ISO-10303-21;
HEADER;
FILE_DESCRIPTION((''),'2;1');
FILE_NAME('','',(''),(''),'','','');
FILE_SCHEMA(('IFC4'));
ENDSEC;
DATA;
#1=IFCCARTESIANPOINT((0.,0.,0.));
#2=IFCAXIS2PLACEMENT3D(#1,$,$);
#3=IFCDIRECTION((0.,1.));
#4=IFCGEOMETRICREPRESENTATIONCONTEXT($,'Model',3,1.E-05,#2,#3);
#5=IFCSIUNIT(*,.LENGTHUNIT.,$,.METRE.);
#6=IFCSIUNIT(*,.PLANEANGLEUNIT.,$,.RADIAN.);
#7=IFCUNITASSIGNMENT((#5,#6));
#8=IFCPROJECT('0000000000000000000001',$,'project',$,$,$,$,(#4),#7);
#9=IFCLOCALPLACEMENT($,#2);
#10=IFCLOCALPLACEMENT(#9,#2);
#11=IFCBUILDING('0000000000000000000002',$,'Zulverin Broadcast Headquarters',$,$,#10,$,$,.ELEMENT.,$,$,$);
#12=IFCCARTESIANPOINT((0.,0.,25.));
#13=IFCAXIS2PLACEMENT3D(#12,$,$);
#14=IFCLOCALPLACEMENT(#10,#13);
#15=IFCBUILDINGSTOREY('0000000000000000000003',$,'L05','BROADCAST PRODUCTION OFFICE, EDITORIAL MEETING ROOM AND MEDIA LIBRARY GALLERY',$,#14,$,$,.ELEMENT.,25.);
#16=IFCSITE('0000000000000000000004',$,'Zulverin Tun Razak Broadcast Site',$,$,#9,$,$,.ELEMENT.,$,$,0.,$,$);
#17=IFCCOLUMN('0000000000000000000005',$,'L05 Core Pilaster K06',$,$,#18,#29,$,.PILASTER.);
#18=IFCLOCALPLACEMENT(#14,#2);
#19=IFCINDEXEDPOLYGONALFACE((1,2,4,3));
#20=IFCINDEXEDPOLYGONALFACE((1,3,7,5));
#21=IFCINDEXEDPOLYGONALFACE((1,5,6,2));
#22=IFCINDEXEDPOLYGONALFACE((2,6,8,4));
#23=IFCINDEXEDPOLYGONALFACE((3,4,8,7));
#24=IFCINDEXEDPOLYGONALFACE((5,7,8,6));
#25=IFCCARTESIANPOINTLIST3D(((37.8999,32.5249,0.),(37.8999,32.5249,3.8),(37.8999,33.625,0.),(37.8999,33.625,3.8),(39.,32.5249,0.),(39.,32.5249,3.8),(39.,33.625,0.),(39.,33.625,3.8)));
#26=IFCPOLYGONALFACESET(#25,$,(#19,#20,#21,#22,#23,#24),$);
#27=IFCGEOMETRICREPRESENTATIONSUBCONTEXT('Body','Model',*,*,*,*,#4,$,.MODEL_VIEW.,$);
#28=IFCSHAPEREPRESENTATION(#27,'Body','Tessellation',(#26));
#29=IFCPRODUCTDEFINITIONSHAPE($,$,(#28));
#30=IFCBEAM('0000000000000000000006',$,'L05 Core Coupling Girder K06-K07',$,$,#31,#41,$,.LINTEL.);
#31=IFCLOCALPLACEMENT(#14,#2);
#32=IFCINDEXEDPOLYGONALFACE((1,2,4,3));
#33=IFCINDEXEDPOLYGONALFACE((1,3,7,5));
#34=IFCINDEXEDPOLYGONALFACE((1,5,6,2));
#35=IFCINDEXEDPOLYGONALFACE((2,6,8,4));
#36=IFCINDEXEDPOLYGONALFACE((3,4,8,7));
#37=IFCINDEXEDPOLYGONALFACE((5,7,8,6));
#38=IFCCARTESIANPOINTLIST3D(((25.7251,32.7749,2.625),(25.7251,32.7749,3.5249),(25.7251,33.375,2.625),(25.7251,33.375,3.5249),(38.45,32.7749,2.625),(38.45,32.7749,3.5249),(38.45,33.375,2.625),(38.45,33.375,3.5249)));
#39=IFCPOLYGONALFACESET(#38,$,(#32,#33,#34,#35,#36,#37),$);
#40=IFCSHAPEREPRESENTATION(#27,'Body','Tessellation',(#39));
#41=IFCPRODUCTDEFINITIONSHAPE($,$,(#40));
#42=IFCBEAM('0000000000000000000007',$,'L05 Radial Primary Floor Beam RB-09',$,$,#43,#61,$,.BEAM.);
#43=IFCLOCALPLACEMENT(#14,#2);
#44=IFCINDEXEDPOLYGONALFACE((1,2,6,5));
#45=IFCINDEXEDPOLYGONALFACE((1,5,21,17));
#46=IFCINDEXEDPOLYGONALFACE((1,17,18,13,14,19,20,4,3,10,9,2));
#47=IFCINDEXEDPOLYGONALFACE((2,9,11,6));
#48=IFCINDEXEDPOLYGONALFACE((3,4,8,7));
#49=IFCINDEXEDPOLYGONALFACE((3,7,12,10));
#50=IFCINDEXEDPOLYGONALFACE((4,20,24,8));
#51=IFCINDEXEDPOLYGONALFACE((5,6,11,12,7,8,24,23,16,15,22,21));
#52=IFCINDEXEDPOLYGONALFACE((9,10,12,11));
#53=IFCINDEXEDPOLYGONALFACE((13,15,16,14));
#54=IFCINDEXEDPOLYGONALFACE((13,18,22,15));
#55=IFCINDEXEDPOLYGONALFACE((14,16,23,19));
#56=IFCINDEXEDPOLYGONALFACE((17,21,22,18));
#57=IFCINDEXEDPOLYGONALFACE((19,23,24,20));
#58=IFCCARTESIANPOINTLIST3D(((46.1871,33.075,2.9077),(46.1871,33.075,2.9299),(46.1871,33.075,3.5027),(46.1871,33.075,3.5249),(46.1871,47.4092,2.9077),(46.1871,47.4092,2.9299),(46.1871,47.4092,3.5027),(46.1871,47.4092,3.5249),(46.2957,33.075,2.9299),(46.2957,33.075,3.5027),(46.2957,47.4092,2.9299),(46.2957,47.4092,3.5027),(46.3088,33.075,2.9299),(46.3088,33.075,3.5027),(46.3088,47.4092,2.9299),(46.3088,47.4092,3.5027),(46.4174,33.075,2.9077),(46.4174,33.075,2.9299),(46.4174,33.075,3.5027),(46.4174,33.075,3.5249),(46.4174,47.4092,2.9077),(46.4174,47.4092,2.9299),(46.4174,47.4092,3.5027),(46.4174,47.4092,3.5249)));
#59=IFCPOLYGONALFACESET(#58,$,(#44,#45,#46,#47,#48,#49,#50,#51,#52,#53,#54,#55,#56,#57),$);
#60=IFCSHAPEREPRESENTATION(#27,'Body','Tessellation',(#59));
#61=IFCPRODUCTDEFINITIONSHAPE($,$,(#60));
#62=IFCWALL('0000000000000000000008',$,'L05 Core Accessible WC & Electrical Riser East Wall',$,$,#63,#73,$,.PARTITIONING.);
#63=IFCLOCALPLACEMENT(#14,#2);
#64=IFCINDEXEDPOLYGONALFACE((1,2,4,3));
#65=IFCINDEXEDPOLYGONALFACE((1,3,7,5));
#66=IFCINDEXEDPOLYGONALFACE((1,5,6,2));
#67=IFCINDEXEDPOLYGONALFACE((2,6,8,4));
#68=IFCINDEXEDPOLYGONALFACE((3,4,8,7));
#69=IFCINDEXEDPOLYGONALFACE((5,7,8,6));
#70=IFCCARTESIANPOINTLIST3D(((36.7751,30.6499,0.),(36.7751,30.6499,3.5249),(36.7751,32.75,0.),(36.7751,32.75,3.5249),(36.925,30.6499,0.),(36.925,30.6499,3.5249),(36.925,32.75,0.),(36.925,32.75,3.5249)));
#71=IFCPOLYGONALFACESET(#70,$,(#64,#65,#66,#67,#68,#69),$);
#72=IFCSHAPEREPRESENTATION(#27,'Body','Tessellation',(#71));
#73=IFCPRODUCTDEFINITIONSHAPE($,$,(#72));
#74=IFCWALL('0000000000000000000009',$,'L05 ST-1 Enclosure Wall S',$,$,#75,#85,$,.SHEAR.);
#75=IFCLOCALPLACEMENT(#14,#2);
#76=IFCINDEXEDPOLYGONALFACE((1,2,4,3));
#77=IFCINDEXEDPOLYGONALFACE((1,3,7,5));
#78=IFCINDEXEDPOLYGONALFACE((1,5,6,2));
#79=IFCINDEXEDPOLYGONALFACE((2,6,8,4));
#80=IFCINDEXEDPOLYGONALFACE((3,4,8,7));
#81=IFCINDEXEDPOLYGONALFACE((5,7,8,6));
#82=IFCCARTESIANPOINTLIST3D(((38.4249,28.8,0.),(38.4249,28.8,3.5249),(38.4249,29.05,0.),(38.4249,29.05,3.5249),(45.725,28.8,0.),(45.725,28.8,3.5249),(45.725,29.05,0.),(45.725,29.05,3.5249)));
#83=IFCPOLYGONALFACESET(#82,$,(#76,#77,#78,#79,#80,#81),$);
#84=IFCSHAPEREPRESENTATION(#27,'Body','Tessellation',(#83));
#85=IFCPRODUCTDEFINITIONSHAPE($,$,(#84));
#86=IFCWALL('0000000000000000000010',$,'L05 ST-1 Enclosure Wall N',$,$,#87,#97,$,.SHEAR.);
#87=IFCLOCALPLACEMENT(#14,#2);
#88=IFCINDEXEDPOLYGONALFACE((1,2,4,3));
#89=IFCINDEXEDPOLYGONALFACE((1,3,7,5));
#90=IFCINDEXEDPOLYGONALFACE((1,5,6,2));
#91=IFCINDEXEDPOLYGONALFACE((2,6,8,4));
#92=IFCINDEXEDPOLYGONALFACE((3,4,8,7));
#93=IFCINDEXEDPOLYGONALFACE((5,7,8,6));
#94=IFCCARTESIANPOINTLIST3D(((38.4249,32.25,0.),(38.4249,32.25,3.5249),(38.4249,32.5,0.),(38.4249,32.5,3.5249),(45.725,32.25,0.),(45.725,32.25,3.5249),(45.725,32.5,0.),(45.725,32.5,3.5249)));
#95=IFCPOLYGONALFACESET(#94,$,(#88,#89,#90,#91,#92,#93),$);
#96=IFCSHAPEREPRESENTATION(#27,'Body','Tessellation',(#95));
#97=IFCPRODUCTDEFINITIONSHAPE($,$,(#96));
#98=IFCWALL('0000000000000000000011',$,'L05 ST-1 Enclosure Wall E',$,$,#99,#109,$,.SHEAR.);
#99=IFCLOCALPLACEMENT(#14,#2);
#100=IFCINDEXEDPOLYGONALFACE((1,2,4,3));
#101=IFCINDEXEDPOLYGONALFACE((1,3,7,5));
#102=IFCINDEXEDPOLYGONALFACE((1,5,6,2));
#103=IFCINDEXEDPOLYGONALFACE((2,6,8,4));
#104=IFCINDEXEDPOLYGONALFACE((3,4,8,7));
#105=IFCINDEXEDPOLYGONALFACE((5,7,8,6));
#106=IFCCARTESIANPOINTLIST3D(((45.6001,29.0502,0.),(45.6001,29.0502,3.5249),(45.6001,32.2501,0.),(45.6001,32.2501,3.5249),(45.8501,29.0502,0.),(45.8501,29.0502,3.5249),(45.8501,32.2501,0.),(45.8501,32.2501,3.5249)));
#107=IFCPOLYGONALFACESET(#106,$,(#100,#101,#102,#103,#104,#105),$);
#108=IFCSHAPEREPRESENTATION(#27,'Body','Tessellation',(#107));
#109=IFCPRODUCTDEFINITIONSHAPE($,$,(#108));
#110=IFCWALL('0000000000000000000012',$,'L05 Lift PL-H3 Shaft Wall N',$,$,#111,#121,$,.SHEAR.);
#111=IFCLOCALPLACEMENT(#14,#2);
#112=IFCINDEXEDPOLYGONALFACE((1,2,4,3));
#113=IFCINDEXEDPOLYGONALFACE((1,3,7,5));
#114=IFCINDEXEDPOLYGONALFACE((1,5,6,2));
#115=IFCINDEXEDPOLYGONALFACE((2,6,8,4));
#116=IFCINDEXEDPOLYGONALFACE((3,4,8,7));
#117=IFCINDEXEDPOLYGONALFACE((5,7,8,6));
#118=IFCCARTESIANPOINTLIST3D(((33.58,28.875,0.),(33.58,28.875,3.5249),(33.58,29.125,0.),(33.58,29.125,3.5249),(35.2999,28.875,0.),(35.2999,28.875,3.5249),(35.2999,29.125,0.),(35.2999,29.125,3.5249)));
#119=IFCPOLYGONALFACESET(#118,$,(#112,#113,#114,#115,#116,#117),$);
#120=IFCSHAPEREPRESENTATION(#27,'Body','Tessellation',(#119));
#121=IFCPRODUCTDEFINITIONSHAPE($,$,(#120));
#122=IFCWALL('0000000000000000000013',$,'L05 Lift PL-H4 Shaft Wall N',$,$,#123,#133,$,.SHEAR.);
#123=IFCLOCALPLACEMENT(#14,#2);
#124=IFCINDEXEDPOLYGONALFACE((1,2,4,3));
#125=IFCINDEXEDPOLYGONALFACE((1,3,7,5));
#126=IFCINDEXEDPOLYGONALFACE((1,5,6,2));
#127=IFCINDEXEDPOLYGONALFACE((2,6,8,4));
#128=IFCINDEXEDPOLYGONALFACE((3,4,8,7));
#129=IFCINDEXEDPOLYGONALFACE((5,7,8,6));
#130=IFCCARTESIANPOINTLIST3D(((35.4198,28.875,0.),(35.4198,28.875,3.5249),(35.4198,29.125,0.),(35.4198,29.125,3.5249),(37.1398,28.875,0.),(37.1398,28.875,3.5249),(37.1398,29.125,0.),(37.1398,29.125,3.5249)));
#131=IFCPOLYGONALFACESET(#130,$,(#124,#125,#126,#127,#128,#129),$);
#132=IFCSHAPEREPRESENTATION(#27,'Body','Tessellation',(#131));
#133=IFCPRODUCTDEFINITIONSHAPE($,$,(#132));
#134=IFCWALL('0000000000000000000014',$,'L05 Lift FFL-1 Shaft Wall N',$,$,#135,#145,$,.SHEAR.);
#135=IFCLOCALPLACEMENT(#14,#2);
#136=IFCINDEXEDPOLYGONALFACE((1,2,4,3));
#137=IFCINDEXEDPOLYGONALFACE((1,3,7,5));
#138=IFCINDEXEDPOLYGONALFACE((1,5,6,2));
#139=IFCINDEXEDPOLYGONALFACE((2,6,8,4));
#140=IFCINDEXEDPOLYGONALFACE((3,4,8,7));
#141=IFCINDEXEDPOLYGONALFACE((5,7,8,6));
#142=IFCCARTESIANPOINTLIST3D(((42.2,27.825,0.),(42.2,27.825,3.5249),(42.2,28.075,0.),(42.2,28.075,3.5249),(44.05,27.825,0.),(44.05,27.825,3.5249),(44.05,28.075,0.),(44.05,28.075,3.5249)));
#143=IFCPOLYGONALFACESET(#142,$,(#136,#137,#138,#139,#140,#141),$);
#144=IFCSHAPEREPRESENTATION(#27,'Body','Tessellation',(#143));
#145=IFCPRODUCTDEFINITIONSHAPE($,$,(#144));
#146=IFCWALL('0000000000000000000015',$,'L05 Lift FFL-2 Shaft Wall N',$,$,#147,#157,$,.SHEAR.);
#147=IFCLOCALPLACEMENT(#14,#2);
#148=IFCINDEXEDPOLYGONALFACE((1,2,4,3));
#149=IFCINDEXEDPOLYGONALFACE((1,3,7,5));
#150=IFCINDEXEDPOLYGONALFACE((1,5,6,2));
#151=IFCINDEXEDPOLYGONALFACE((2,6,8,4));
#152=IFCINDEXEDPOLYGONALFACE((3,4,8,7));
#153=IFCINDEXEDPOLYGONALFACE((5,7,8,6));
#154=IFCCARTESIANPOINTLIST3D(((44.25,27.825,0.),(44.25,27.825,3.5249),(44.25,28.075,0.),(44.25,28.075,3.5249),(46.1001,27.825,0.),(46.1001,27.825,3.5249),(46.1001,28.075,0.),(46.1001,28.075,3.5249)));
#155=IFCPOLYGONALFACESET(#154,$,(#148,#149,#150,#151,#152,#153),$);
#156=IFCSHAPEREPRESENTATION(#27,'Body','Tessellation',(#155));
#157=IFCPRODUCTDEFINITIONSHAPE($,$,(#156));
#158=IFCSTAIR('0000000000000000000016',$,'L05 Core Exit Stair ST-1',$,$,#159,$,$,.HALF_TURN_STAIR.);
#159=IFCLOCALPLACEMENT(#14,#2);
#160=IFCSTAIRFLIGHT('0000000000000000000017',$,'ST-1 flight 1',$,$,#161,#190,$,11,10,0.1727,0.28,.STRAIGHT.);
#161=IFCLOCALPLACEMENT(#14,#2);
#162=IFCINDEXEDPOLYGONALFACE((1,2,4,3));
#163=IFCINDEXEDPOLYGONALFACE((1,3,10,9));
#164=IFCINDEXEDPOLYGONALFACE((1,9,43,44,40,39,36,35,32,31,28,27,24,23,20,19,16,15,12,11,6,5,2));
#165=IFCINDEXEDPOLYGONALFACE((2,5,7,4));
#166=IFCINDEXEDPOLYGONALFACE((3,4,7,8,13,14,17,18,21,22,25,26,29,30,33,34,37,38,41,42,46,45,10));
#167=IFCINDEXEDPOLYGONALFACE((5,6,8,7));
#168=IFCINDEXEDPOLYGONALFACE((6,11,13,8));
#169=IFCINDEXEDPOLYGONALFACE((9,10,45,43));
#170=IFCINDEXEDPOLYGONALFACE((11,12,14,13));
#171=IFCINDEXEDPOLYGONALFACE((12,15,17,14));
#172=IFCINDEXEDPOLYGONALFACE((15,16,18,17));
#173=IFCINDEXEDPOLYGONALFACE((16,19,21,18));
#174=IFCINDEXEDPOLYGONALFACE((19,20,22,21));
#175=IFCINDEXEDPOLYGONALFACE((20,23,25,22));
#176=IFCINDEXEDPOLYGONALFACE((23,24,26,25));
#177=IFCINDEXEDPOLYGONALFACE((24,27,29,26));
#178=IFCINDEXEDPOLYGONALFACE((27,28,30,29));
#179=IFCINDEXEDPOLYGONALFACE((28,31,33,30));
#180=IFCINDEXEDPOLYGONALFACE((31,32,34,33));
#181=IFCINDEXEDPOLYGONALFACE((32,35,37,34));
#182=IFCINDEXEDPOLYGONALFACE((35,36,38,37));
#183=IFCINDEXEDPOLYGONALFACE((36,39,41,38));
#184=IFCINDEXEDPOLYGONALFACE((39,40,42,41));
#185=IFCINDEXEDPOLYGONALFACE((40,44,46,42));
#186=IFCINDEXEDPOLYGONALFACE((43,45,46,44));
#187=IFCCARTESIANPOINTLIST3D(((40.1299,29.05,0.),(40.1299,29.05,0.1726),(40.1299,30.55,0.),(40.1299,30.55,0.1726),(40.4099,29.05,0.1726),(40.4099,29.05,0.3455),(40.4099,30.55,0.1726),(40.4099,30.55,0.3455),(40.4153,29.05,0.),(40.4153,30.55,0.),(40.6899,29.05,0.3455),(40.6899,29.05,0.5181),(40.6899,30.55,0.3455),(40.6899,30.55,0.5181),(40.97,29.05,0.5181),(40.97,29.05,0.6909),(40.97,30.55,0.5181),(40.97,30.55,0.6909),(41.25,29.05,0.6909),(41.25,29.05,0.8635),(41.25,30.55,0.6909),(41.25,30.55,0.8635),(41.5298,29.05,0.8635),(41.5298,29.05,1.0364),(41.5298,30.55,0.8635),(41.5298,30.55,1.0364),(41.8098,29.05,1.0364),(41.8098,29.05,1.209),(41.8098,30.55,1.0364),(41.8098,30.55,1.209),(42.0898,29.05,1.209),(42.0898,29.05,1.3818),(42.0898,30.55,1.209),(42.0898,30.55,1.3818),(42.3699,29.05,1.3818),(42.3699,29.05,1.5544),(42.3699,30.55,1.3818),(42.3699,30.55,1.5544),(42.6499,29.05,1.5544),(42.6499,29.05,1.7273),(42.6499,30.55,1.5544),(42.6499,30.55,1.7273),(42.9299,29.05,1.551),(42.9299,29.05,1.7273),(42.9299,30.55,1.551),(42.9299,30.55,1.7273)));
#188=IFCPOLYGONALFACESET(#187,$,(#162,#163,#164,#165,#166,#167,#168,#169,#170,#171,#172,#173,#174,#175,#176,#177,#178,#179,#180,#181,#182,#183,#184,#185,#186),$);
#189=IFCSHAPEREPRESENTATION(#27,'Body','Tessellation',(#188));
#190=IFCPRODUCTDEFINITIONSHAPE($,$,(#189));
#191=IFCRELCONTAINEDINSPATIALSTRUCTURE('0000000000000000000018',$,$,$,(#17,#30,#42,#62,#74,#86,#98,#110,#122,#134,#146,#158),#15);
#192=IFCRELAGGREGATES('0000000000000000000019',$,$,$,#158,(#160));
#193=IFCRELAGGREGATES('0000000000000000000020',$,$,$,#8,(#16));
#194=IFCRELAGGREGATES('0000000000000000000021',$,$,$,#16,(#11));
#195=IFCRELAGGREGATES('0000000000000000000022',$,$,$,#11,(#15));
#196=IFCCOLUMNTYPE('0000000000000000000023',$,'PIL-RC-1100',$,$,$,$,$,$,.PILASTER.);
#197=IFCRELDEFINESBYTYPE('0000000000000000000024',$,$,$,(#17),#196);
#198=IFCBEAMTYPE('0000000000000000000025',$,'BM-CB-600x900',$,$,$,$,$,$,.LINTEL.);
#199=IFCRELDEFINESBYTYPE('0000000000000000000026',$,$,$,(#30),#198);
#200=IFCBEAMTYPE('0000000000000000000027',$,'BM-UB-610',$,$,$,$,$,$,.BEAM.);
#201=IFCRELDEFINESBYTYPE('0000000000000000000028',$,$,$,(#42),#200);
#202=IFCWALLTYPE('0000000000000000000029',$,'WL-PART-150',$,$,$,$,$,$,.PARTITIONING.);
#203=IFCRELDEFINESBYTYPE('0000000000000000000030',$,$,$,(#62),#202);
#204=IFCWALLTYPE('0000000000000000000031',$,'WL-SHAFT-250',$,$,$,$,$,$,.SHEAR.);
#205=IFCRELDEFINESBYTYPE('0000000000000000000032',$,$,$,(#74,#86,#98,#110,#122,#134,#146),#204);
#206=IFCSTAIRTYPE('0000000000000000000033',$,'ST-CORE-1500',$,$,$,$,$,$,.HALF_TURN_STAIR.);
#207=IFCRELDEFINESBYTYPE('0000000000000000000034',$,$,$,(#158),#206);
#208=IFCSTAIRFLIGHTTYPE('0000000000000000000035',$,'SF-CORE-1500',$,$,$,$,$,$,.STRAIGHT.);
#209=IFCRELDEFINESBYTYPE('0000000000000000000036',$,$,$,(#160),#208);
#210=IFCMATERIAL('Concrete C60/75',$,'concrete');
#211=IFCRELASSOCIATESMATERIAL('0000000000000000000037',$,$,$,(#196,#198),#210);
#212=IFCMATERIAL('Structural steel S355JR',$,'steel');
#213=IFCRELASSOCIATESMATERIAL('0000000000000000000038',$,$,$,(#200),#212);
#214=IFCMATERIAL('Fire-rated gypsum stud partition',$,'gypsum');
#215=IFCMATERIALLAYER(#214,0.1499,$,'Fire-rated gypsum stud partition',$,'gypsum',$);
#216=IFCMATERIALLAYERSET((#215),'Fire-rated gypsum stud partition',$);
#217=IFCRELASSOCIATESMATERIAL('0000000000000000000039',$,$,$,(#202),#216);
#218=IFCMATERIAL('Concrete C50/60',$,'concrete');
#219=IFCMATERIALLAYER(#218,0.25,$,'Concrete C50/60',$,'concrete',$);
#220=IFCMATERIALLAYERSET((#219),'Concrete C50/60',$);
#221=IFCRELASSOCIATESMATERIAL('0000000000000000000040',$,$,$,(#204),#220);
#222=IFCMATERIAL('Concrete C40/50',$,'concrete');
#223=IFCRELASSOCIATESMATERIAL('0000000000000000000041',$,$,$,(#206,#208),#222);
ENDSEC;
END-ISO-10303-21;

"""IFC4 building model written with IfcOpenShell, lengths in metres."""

from ifc_helpers import new_model, si_unit, direction, frame, frame_2d, origin, origin_2d, place, context, subcontext, project, spatial, polyline, rectangle, i_section, outline, extrude, material, layer, layer_set, material_profile, profile_set, type_object, element, aggregate, save


model = new_model("IFC4")

# Units and contexts
model_context = context("Model", 3, precision=1e-05, world=origin(), true_north=direction((0.0, 1.0)))
body_context = subcontext(model_context, "Body", "Model", "MODEL_VIEW")
ifc_project = project(units=[si_unit("LENGTHUNIT", "METRE"), si_unit("PLANEANGLEUNIT", "RADIAN")], contexts=[model_context])

# Site, building, storey
site_placement = place(None, origin())
site = spatial("IfcSite", under=ifc_project, at=site_placement, Name="Zulverin Tun Razak Broadcast Site", CompositionType="ELEMENT", RefElevation=0.0)
building_placement = place(site_placement, origin())
building = spatial("IfcBuilding", under=site, at=building_placement, Name="Zulverin Broadcast Headquarters", CompositionType="ELEMENT")
storey_placement = place(building_placement, frame((0.0, 0.0, 25.0)))
storey = spatial("IfcBuildingStorey", under=building, at=storey_placement, Name="L05", Description="BROADCAST PRODUCTION OFFICE, EDITORIAL MEETING ROOM AND MEDIA LIBRARY GALLERY", CompositionType="ELEMENT", Elevation=25.0)

# Column
ifc_material_1 = material(Name="Concrete C60/75", Category="concrete")
ifc_material_profile_1 = material_profile(ifc_material_1, rectangle(XDim=1.1001, YDim=1.1001, at=origin_2d()), Name="Concrete C60/75", Category="concrete")
ifc_profile_set_1 = profile_set([ifc_material_profile_1], Name="Concrete C60/75")
column_type = type_object("IfcColumnType", Name="PIL-RC-1100", PredefinedType="PILASTER", material=ifc_profile_set_1)
column_placement = place(storey_placement, frame((38.45, 33.075, 0.0), z_axis=(0.0, 0.0, 1.0), x_axis=(1.0, 0.0, 0.0)))
element("IfcColumn", 1, at=column_placement, inside=storey, type_object=column_type, Name="L05 Core Pilaster K06", PredefinedType="PILASTER", context=body_context, shape_type="SweptSolid", body=[
    extrude(rectangle(XDim=1.1001, YDim=1.1001, at=origin_2d()), origin(), (0.0, 0.0, 1.0), 3.8),
])

# Beams
ifc_material_profile_2 = material_profile(ifc_material_1, rectangle(XDim=0.6001, YDim=0.8999, at=origin_2d()), Name="Concrete C60/75", Category="concrete")
ifc_profile_set_2 = profile_set([ifc_material_profile_2], Name="Concrete C60/75")
beam_type_1 = type_object("IfcBeamType", Name="BM-CB-600x900", PredefinedType="LINTEL", material=ifc_profile_set_2)
beam_1_placement = place(storey_placement, frame((38.45, 33.075, 3.075), z_axis=(-1.0, 0.0, 0.0), x_axis=(0.0, -1.0, 0.0)))
element("IfcBeam", 2, at=beam_1_placement, inside=storey, type_object=beam_type_1, Name="L05 Core Coupling Girder K06-K07", PredefinedType="LINTEL", context=body_context, shape_type="SweptSolid", body=[
    extrude(rectangle(XDim=0.6001, YDim=0.8999, at=origin_2d()), origin(), (0.0, 0.0, 1.0), 12.7249),
])
ifc_material_2 = material(Name="Structural steel S355JR", Category="steel")
ifc_material_profile_3 = material_profile(ifc_material_2, i_section(OverallWidth=0.2302, OverallDepth=0.6172, WebThickness=0.0132, FlangeThickness=0.0222, at=origin_2d()), Name="Structural steel S355JR", Category="steel")
ifc_profile_set_3 = profile_set([ifc_material_profile_3], Name="Structural steel S355JR")
beam_type_2 = type_object("IfcBeamType", Name="BM-UB-610", PredefinedType="BEAM", material=ifc_profile_set_3)
beam_2_placement = place(storey_placement, frame((46.3022, 33.075, 3.2163), z_axis=(0.0, 1.0, 0.0), x_axis=(-1.0, 0.0, 0.0)))
element("IfcBeam", 3, at=beam_2_placement, inside=storey, type_object=beam_type_2, Name="L05 Radial Primary Floor Beam RB-09", PredefinedType="BEAM", context=body_context, shape_type="SweptSolid", body=[
    extrude(i_section(OverallWidth=0.2302, OverallDepth=0.6172, WebThickness=0.0132, FlangeThickness=0.0222, at=origin_2d()), origin(), (0.0, 0.0, 1.0), 14.3342),
])

# Walls
ifc_material_3 = material(Name="Fire-rated gypsum stud partition", Category="gypsum")
ifc_layer_1 = layer(ifc_material_3, 0.1499, Name="Fire-rated gypsum stud partition", Category="gypsum")
ifc_layer_set_1 = layer_set([ifc_layer_1], Name="Fire-rated gypsum stud partition")
wall_type_1 = type_object("IfcWallType", Name="WL-PART-150", PredefinedType="PARTITIONING", material=ifc_layer_set_1)
wall_1_placement = place(storey_placement, frame((36.8501, 30.6499, 0.0), z_axis=(0.0, 0.0, 1.0), x_axis=(0.0, 1.0, 0.0)))
element("IfcWall", 4, at=wall_1_placement, inside=storey, type_object=wall_type_1, Name="L05 Core Accessible WC & Electrical Riser East Wall", PredefinedType="PARTITIONING", context=body_context, shape_type="SweptSolid", body=[
    extrude(rectangle(XDim=2.1001, YDim=0.1499, at=frame_2d((1.05, 0.0))), origin(), (0.0, 0.0, 1.0), 3.5249),
])
ifc_material_4 = material(Name="Concrete C50/60", Category="concrete")
ifc_layer_2 = layer(ifc_material_4, 0.25, Name="Concrete C50/60", Category="concrete")
ifc_layer_set_2 = layer_set([ifc_layer_2], Name="Concrete C50/60")
wall_type_2 = type_object("IfcWallType", Name="WL-SHAFT-250", PredefinedType="SHEAR", material=ifc_layer_set_2)
for number, where, z_axis, x_axis, name in (
    (5, (38.425, 28.925, 0.0), (0.0, 0.0, 1.0), (1.0, 0.0, 0.0), "L05 ST-1 Enclosure Wall S"),
    (6, (38.425, 32.375, 0.0), (0.0, 0.0, 1.0), (1.0, 0.0, 0.0), "L05 ST-1 Enclosure Wall N"),
):
    element("IfcWall", number, at=place(storey_placement, frame(where, z_axis=z_axis, x_axis=x_axis)), inside=storey, type_object=wall_type_2, Name=name, PredefinedType="SHEAR", context=body_context, shape_type="SweptSolid", body=[
        extrude(rectangle(XDim=7.3, YDim=0.25, at=frame_2d((3.6499, 0.0))), origin(), (0.0, 0.0, 1.0), 3.5249),
    ])

# Walls
wall_2_placement = place(storey_placement, frame((45.7251, 29.05, 0.0), z_axis=(0.0, 0.0, 1.0), x_axis=(0.0, 1.0, 0.0)))
element("IfcWall", 7, at=wall_2_placement, inside=storey, type_object=wall_type_2, Name="L05 ST-1 Enclosure Wall E", PredefinedType="SHEAR", context=body_context, shape_type="SweptSolid", body=[
    extrude(rectangle(XDim=3.2, YDim=0.25, at=frame_2d((1.6001, 0.0))), origin(), (0.0, 0.0, 1.0), 3.5249),
])
for number, where, z_axis, x_axis, name in (
    (8, (33.5801, 29.0, 0.0), (0.0, 0.0, 1.0), (1.0, 0.0, 0.0), "L05 Lift PL-H3 Shaft Wall N"),
    (9, (35.4199, 29.0, 0.0), (0.0, 0.0, 1.0), (1.0, 0.0, 0.0), "L05 Lift PL-H4 Shaft Wall N"),
):
    element("IfcWall", number, at=place(storey_placement, frame(where, z_axis=z_axis, x_axis=x_axis)), inside=storey, type_object=wall_type_2, Name=name, PredefinedType="SHEAR", context=body_context, shape_type="SweptSolid", body=[
        extrude(rectangle(XDim=1.72, YDim=0.25, at=frame_2d((0.8599, 0.0))), origin(), (0.0, 0.0, 1.0), 3.5249),
    ])
for number, where, z_axis, x_axis, name in (
    (10, (42.2, 27.95, 0.0), (0.0, 0.0, 1.0), (1.0, 0.0, 0.0), "L05 Lift FFL-1 Shaft Wall N"),
    (11, (44.25, 27.95, 0.0), (0.0, 0.0, 1.0), (1.0, 0.0, 0.0), "L05 Lift FFL-2 Shaft Wall N"),
):
    element("IfcWall", number, at=place(storey_placement, frame(where, z_axis=z_axis, x_axis=x_axis)), inside=storey, type_object=wall_type_2, Name=name, PredefinedType="SHEAR", context=body_context, shape_type="SweptSolid", body=[
        extrude(rectangle(XDim=1.8501, YDim=0.25, at=frame_2d((0.925, 0.0))), origin(), (0.0, 0.0, 1.0), 3.5249),
    ])

# Stair, stair flight
ifc_material_5 = material(Name="Concrete C40/50", Category="concrete")
stair_type = type_object("IfcStairType", Name="ST-CORE-1500", PredefinedType="HALF_TURN_STAIR", material=ifc_material_5)
stair_placement = place(storey_placement, origin())
stair = element("IfcStair", 12, at=stair_placement, inside=storey, type_object=stair_type, Name="L05 Core Exit Stair ST-1", PredefinedType="HALF_TURN_STAIR")
stair_flight_type = type_object("IfcStairFlightType", Name="SF-CORE-1500", PredefinedType="STRAIGHT", material=ifc_material_5)
stair_flight_1_placement = place(storey_placement, frame((40.1299, 29.8, 0.0), z_axis=(0.0, 0.0, 1.0), x_axis=(1.0, 0.0, 0.0)))
stair_flight_1 = element("IfcStairFlight", 13, at=stair_flight_1_placement, type_object=stair_flight_type, Name="ST-1 flight 1", NumberOfRisers=11, NumberOfTreads=10, PredefinedType="STRAIGHT", RiserHeight=0.1727, TreadLength=0.28, context=body_context, shape_type="SweptSolid", body=[
    extrude(outline(polyline([(0.0, 0.0), (0.0, 0.1726), (0.28, 0.1726), (0.28, 0.3455), (0.5601, 0.3455), (0.5601, 0.5181), (0.8401, 0.5181), (0.8401, 0.6909), (1.1201, 0.6909), (1.1201, 0.8635), (1.3999, 0.8635), (1.3999, 1.0364), (1.6799, 1.0364), (1.6799, 1.209), (1.96, 1.209), (1.96, 1.3818), (2.24, 1.3818), (2.24, 1.5544), (2.52, 1.5544), (2.52, 1.7273), (2.8, 1.7273), (2.8, 1.8999), (2.8, 1.551), (0.2854, 0.0), (0.0, 0.0)])), frame((0.0, 0.75, 0.0), z_axis=(0.0, -1.0, 0.0), x_axis=(1.0, 0.0, 0.0)), (0.0, 0.0, 1.0), 1.5),
])
aggregate(stair, [stair_flight_1])

save(model, "model.ifc")
